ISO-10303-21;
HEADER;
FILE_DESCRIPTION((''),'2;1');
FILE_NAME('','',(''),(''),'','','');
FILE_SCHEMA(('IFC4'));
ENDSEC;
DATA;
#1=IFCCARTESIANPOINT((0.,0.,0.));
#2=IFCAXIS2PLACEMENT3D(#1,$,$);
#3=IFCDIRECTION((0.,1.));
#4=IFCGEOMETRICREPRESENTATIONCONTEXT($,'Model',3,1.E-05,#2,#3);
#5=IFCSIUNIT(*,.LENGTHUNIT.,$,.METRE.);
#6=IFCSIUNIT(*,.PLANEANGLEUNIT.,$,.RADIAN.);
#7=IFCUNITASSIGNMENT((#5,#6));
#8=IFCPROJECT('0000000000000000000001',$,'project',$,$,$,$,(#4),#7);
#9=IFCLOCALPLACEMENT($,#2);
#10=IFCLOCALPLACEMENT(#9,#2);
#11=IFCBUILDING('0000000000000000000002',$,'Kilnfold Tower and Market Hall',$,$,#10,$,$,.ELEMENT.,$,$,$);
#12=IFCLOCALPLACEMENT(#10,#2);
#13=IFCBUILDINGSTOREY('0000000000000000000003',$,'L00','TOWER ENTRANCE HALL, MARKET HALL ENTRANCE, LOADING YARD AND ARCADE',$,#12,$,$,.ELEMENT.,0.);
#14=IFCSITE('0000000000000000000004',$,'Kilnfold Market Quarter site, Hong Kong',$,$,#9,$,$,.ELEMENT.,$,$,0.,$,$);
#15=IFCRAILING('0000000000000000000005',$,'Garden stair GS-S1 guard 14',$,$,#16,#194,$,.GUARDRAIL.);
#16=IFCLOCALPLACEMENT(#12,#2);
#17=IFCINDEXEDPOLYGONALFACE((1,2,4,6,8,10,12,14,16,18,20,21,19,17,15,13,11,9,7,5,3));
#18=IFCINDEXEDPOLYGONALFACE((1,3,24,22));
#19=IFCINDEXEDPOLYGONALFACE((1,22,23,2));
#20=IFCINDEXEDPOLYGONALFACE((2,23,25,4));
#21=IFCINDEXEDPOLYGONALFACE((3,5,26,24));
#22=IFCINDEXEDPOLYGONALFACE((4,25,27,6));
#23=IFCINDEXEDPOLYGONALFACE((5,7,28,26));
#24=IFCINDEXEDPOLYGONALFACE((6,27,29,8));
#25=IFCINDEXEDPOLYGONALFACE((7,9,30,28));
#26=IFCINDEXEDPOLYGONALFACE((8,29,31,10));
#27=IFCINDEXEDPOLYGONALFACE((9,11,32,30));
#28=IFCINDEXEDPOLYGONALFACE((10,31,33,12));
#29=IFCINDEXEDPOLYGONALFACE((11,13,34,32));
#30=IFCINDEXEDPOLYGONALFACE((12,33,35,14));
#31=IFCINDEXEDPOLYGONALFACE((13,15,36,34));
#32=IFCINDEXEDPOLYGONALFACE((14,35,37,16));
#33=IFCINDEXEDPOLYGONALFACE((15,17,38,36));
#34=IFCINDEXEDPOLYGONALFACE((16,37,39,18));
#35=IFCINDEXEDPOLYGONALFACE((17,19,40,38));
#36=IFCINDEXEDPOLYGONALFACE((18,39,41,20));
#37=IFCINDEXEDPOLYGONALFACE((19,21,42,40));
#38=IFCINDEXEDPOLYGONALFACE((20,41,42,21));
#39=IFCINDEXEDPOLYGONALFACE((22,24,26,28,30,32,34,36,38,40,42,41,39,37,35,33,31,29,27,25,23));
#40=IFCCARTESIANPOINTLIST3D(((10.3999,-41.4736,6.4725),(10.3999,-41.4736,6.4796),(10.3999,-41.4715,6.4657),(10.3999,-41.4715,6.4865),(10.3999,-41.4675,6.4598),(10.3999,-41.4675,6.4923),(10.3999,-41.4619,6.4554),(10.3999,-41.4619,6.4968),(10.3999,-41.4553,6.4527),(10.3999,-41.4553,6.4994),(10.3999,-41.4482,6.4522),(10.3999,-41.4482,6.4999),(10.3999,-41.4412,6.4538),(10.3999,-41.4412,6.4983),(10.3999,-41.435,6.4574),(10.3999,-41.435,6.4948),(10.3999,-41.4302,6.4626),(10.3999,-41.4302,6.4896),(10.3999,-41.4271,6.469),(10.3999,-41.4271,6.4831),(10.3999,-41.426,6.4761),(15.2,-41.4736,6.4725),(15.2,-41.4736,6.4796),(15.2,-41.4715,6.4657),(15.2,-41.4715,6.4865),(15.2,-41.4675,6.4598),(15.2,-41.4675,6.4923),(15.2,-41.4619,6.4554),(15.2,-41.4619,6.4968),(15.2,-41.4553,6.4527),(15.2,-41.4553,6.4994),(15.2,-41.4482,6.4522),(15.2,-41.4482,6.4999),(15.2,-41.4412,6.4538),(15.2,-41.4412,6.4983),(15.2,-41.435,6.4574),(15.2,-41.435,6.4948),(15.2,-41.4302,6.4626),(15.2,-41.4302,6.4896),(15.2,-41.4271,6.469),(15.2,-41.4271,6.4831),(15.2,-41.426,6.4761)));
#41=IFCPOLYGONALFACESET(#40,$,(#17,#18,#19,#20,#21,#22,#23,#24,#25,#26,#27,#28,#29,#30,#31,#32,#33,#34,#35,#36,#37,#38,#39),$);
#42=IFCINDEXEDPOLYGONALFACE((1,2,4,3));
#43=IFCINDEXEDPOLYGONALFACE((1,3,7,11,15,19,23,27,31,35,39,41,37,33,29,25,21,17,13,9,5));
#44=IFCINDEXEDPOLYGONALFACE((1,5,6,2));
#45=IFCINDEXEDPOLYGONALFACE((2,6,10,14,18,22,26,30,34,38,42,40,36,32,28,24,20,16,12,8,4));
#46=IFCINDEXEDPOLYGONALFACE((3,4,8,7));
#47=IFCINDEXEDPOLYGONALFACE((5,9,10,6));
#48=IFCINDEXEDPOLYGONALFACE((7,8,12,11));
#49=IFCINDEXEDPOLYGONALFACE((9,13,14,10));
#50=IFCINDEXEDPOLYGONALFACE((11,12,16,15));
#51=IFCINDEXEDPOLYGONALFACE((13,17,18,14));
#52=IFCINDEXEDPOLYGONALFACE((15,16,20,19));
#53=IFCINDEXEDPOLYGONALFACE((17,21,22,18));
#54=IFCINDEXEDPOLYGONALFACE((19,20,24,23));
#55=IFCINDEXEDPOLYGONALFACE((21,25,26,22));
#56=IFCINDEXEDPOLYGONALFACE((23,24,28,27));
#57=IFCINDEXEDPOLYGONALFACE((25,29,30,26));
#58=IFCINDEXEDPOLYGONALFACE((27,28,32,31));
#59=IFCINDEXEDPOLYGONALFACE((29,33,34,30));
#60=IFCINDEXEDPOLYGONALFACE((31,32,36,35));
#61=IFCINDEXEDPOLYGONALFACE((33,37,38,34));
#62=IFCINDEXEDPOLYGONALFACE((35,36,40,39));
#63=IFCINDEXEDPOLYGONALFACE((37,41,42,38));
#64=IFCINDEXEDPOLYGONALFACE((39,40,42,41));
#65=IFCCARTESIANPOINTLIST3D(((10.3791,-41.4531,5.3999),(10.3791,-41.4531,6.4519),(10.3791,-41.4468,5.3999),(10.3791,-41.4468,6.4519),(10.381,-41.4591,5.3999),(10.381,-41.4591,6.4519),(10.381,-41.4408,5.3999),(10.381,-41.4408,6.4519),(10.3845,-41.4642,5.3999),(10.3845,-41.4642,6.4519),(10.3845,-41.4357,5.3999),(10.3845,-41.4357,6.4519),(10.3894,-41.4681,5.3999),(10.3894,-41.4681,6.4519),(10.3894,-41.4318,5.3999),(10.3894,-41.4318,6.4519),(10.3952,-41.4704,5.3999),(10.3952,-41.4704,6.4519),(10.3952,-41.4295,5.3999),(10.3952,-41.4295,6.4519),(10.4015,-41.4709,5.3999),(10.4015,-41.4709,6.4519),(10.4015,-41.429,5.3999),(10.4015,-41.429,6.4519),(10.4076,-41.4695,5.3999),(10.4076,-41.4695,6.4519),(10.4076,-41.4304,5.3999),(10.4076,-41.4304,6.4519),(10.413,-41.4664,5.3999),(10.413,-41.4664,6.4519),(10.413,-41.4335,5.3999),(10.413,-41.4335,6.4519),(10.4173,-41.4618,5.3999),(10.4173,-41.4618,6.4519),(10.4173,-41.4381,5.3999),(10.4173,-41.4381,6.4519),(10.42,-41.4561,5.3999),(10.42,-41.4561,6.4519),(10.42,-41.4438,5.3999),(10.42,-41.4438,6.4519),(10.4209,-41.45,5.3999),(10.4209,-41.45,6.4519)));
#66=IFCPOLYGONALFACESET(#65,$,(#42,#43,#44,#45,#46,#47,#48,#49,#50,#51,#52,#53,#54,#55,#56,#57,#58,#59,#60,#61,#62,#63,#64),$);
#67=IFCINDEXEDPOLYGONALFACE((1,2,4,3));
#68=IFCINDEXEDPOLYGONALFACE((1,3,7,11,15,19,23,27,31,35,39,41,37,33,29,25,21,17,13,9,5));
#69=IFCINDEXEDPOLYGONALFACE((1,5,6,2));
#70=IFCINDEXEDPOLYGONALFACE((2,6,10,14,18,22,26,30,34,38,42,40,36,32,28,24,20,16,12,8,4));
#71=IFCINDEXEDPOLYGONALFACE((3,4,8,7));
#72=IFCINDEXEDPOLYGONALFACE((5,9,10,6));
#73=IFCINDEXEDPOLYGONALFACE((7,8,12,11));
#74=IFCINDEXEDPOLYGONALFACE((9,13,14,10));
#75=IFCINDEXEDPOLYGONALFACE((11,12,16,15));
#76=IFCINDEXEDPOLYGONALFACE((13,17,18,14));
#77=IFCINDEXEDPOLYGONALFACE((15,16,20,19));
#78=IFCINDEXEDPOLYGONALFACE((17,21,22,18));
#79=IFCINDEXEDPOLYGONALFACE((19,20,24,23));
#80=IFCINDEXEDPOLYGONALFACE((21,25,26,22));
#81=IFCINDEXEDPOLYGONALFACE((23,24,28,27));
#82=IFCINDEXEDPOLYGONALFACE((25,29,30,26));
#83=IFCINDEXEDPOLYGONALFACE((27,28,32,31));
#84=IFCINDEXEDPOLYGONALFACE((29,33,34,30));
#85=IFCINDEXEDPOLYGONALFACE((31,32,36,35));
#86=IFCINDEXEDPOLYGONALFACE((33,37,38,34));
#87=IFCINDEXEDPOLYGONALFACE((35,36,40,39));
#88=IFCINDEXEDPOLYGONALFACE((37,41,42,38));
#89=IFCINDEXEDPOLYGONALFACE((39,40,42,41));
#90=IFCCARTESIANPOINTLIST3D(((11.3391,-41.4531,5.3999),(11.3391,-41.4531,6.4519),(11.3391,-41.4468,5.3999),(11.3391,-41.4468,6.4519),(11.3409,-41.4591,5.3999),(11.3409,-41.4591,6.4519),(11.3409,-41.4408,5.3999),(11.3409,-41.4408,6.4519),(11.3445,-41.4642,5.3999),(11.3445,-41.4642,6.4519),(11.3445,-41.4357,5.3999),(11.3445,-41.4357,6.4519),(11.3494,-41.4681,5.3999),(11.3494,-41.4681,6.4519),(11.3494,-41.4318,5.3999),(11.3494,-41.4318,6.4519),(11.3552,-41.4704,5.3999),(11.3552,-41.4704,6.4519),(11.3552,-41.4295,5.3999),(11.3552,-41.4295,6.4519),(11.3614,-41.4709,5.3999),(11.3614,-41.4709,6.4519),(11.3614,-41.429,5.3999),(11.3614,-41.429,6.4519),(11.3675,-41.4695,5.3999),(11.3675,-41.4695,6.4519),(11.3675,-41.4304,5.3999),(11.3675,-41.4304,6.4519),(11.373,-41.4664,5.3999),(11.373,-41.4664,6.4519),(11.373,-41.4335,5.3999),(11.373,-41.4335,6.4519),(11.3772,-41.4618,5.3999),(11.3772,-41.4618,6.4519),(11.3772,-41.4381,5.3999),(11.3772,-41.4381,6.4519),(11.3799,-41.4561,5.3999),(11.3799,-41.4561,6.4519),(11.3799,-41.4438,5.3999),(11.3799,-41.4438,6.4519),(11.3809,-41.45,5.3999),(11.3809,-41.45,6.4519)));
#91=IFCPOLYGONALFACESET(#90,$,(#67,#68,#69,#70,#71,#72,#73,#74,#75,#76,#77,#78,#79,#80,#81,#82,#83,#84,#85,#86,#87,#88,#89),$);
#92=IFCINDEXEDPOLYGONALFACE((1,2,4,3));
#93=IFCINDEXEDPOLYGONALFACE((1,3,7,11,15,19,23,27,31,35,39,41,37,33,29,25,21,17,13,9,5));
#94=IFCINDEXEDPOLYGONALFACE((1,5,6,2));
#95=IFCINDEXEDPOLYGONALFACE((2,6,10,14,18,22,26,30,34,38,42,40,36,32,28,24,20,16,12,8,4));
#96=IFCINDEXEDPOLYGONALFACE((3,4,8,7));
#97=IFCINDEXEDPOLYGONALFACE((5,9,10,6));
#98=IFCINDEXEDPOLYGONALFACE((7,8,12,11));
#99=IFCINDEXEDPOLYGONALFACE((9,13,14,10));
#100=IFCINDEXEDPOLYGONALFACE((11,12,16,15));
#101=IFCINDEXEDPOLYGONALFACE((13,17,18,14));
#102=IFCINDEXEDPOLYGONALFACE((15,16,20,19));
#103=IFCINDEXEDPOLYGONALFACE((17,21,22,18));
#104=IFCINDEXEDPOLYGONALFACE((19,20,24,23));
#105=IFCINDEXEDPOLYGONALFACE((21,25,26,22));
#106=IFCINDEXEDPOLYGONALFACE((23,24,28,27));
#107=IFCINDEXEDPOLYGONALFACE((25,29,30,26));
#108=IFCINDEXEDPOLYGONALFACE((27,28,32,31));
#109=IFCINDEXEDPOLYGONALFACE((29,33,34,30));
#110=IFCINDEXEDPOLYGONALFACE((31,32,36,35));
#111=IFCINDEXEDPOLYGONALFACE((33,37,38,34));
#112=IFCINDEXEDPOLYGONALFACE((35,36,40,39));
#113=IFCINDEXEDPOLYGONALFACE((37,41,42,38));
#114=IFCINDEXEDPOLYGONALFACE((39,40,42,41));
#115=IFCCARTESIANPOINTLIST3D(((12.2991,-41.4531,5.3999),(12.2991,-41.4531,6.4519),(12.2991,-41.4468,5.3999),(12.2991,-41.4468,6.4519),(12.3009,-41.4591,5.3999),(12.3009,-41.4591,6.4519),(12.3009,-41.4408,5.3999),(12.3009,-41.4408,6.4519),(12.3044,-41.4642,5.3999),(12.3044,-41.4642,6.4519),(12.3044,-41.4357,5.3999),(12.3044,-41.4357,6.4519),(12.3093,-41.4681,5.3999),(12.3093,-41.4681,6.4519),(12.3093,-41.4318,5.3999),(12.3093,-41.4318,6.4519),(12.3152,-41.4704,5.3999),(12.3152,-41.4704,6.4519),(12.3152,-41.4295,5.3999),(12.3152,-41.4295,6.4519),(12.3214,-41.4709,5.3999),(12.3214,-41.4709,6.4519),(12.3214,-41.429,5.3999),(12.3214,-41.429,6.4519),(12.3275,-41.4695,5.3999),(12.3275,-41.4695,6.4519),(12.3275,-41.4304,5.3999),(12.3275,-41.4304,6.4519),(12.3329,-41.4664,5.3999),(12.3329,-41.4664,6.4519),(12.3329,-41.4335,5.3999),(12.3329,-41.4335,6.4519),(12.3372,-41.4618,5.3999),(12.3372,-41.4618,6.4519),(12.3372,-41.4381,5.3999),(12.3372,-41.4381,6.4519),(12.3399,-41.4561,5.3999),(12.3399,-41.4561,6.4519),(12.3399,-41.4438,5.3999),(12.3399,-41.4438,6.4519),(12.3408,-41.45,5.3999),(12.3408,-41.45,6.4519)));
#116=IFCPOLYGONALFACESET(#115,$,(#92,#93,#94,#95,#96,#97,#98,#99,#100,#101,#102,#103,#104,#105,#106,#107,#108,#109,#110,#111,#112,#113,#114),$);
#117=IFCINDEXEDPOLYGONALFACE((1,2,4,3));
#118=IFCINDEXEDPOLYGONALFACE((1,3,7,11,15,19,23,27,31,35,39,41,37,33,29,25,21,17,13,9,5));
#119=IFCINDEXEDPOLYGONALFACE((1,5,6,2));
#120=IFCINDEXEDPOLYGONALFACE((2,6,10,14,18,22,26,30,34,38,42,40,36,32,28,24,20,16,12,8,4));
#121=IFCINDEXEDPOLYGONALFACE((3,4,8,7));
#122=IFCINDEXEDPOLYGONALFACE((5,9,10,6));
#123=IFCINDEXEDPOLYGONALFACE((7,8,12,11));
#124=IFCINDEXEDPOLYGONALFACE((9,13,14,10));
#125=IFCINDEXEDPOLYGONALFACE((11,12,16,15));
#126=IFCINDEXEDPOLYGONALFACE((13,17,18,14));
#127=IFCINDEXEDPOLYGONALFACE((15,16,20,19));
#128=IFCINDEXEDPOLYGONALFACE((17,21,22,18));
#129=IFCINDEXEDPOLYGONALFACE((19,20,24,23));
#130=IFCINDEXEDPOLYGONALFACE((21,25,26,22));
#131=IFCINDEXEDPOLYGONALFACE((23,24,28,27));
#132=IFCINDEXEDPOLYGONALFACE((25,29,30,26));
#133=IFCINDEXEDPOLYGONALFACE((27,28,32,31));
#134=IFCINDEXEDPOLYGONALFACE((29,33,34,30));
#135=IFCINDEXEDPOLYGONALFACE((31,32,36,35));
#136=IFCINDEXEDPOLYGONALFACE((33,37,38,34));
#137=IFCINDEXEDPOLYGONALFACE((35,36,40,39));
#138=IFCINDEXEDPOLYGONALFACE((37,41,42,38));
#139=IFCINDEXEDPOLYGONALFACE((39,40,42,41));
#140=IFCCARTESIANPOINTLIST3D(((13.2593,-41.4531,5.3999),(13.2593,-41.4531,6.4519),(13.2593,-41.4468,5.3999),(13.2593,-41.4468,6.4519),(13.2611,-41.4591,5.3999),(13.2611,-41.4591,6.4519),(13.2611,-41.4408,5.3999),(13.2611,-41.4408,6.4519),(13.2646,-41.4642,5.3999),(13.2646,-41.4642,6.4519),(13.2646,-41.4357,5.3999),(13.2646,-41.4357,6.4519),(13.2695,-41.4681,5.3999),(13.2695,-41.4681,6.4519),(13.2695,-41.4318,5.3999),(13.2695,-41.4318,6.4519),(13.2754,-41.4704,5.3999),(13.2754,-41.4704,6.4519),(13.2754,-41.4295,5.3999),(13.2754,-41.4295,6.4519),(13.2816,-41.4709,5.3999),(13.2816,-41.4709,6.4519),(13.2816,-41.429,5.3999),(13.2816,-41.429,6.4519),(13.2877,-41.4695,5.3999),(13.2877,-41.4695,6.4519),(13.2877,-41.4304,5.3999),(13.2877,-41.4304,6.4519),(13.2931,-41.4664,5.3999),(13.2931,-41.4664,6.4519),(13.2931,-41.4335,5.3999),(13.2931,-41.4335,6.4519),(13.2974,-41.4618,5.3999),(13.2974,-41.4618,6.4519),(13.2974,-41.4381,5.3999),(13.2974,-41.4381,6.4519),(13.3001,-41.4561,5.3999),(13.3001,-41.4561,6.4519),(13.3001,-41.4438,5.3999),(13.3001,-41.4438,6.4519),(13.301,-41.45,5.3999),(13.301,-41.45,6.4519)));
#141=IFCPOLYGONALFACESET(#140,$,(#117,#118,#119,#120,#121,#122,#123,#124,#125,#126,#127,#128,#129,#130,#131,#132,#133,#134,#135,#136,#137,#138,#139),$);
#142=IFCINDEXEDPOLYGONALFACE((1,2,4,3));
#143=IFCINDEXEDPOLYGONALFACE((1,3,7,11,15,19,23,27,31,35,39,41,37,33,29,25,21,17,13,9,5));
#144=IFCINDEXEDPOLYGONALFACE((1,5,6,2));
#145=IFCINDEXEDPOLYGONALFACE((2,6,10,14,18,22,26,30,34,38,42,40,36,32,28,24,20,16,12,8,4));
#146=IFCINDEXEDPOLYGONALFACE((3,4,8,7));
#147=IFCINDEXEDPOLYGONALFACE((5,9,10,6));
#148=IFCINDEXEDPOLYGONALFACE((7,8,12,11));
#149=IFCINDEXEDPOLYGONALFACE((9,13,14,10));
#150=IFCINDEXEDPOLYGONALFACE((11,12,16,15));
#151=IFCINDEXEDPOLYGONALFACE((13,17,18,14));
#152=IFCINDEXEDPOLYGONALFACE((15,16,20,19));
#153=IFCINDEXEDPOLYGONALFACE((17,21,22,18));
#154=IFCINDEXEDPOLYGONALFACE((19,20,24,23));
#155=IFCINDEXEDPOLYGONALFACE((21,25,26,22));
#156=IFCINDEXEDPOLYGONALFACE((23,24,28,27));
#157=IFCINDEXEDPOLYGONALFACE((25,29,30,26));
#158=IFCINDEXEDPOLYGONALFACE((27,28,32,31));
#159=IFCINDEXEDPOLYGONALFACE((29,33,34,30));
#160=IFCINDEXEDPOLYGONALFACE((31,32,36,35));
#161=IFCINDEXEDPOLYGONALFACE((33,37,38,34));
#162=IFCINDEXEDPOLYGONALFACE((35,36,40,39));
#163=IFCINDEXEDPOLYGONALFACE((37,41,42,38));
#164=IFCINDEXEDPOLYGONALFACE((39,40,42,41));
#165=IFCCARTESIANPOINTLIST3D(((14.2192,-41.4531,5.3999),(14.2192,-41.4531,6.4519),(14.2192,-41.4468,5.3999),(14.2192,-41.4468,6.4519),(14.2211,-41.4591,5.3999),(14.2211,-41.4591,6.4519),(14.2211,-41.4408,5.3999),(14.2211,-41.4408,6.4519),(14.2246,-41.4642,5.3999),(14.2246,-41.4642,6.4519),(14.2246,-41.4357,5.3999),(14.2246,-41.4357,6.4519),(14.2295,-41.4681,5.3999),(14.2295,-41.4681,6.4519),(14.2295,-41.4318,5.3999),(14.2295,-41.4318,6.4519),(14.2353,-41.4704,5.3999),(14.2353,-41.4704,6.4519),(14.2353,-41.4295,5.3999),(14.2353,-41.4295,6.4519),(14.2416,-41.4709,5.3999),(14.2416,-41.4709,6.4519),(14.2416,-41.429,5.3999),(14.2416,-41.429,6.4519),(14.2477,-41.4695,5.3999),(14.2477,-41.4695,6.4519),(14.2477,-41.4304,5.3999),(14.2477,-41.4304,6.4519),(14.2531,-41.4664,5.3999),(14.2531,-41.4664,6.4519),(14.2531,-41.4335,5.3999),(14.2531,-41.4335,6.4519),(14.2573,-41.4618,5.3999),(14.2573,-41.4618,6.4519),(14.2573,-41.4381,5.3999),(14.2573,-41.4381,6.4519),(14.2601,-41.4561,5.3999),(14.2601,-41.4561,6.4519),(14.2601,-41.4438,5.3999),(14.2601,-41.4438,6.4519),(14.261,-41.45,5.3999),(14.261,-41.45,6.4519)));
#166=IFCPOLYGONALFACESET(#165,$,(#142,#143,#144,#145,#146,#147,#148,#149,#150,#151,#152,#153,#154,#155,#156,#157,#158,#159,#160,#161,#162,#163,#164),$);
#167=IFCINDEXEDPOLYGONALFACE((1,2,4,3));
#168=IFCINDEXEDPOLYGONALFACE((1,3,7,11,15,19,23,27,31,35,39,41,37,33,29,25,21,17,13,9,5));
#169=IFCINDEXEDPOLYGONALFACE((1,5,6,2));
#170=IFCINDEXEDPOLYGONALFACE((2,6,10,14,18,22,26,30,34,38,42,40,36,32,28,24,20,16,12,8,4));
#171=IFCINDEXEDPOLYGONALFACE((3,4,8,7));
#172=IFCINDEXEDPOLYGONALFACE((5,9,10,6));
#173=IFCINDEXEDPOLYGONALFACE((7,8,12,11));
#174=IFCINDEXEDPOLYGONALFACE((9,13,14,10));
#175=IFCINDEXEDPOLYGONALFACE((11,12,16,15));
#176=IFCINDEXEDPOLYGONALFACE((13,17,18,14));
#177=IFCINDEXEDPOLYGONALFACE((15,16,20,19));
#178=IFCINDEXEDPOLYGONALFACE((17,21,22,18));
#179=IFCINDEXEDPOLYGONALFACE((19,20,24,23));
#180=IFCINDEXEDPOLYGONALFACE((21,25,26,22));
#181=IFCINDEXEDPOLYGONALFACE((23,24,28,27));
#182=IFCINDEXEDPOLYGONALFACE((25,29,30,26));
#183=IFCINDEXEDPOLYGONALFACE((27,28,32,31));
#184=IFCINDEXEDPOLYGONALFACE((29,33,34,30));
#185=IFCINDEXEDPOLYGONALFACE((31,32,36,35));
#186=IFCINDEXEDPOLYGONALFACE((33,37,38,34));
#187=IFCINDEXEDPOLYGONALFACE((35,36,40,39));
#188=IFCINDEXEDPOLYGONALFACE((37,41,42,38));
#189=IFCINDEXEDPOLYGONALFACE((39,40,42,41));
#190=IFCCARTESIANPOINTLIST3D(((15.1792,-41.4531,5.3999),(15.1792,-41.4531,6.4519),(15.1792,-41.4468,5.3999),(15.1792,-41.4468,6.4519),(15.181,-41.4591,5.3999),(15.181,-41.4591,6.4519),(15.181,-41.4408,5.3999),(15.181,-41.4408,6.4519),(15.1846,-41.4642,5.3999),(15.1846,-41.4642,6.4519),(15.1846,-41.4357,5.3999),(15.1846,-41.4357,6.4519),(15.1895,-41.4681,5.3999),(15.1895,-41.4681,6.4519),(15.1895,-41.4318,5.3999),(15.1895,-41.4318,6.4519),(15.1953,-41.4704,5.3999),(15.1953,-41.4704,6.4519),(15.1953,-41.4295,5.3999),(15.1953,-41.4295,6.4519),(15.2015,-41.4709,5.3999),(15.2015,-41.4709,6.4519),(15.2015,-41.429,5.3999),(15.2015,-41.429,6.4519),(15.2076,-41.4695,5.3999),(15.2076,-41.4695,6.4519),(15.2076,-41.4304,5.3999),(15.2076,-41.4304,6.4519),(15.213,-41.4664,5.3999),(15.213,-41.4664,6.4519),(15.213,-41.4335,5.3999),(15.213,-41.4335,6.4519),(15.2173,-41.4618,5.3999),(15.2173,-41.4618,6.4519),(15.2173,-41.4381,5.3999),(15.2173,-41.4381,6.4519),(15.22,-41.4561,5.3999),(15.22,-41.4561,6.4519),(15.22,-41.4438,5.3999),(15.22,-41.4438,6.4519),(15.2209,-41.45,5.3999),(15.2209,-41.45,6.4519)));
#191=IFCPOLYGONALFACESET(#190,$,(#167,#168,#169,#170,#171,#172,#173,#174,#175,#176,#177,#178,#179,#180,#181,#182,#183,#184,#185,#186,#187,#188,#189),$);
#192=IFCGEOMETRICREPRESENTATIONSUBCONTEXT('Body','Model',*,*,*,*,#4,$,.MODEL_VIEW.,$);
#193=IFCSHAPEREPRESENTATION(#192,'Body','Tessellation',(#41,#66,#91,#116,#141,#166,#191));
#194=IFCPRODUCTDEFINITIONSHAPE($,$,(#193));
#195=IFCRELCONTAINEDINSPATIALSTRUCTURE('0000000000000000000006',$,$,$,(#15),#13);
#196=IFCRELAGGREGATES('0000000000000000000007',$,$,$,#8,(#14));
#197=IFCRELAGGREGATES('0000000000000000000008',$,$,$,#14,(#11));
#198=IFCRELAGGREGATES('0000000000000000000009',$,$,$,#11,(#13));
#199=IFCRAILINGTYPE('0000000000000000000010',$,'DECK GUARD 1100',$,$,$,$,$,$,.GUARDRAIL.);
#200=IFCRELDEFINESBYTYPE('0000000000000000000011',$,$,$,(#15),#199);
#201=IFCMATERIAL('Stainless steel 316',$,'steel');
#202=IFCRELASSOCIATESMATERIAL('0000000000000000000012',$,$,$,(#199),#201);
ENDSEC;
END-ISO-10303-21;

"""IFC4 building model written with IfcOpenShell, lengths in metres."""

from ifc_helpers import new_model, si_unit, direction, frame, origin, origin_2d, place, context, subcontext, project, spatial, circle, extrude, material, type_object, element, save


model = new_model("IFC4")

# Units and contexts
model_context = context("Model", 3, precision=1e-05, world=origin(), true_north=direction((0.0, 1.0)))
body_context = subcontext(model_context, "Body", "Model", "MODEL_VIEW")
ifc_project = project(units=[si_unit("LENGTHUNIT", "METRE"), si_unit("PLANEANGLEUNIT", "RADIAN")], contexts=[model_context])

# Site, building, storey
site_placement = place(None, origin())
site = spatial("IfcSite", under=ifc_project, at=site_placement, Name="Kilnfold Market Quarter site, Hong Kong", CompositionType="ELEMENT", RefElevation=0.0)
building_placement = place(site_placement, origin())
building = spatial("IfcBuilding", under=site, at=building_placement, Name="Kilnfold Tower and Market Hall", CompositionType="ELEMENT")
storey_placement = place(building_placement, origin())
storey = spatial("IfcBuildingStorey", under=building, at=storey_placement, Name="L00", Description="TOWER ENTRANCE HALL, MARKET HALL ENTRANCE, LOADING YARD AND ARCADE", CompositionType="ELEMENT", Elevation=0.0)

# Railing
ifc_material_1 = material(Name="Stainless steel 316", Category="steel")
railing_type = type_object("IfcRailingType", Name="DECK GUARD 1100", PredefinedType="GUARDRAIL", material=ifc_material_1)
railing_1_placement = place(storey_placement, frame((10.3999, -41.45, 5.3999)))
element("IfcRailing", 1, at=railing_1_placement, inside=storey, type_object=railing_type, Name="Garden stair GS-S1 guard 14", PredefinedType="GUARDRAIL", context=body_context, shape_type="SweptSolid", body=[
    extrude(circle(Radius=0.0239, at=origin_2d()), frame((0.0, 0.0, 1.0762), z_axis=(1.0, 0.0, 0.0), x_axis=(0.0, 1.0, 0.0)), (0.0, 0.0, 1.0), 4.8),
    extrude(circle(Radius=0.021, at=origin_2d()), origin(), (0.0, 0.0, 1.0), 1.052),
    extrude(circle(Radius=0.021, at=origin_2d()), frame((0.96, 0.0, 0.0)), (0.0, 0.0, 1.0), 1.052),
    extrude(circle(Radius=0.021, at=origin_2d()), frame((1.9199, 0.0, 0.0)), (0.0, 0.0, 1.0), 1.052),
    extrude(circle(Radius=0.021, at=origin_2d()), frame((2.8801, 0.0, 0.0)), (0.0, 0.0, 1.0), 1.052),
    extrude(circle(Radius=0.021, at=origin_2d()), frame((3.8401, 0.0, 0.0)), (0.0, 0.0, 1.0), 1.052),
    extrude(circle(Radius=0.021, at=origin_2d()), frame((4.8, 0.0, 0.0)), (0.0, 0.0, 1.0), 1.052),
])

save(model, "model.ifc")
